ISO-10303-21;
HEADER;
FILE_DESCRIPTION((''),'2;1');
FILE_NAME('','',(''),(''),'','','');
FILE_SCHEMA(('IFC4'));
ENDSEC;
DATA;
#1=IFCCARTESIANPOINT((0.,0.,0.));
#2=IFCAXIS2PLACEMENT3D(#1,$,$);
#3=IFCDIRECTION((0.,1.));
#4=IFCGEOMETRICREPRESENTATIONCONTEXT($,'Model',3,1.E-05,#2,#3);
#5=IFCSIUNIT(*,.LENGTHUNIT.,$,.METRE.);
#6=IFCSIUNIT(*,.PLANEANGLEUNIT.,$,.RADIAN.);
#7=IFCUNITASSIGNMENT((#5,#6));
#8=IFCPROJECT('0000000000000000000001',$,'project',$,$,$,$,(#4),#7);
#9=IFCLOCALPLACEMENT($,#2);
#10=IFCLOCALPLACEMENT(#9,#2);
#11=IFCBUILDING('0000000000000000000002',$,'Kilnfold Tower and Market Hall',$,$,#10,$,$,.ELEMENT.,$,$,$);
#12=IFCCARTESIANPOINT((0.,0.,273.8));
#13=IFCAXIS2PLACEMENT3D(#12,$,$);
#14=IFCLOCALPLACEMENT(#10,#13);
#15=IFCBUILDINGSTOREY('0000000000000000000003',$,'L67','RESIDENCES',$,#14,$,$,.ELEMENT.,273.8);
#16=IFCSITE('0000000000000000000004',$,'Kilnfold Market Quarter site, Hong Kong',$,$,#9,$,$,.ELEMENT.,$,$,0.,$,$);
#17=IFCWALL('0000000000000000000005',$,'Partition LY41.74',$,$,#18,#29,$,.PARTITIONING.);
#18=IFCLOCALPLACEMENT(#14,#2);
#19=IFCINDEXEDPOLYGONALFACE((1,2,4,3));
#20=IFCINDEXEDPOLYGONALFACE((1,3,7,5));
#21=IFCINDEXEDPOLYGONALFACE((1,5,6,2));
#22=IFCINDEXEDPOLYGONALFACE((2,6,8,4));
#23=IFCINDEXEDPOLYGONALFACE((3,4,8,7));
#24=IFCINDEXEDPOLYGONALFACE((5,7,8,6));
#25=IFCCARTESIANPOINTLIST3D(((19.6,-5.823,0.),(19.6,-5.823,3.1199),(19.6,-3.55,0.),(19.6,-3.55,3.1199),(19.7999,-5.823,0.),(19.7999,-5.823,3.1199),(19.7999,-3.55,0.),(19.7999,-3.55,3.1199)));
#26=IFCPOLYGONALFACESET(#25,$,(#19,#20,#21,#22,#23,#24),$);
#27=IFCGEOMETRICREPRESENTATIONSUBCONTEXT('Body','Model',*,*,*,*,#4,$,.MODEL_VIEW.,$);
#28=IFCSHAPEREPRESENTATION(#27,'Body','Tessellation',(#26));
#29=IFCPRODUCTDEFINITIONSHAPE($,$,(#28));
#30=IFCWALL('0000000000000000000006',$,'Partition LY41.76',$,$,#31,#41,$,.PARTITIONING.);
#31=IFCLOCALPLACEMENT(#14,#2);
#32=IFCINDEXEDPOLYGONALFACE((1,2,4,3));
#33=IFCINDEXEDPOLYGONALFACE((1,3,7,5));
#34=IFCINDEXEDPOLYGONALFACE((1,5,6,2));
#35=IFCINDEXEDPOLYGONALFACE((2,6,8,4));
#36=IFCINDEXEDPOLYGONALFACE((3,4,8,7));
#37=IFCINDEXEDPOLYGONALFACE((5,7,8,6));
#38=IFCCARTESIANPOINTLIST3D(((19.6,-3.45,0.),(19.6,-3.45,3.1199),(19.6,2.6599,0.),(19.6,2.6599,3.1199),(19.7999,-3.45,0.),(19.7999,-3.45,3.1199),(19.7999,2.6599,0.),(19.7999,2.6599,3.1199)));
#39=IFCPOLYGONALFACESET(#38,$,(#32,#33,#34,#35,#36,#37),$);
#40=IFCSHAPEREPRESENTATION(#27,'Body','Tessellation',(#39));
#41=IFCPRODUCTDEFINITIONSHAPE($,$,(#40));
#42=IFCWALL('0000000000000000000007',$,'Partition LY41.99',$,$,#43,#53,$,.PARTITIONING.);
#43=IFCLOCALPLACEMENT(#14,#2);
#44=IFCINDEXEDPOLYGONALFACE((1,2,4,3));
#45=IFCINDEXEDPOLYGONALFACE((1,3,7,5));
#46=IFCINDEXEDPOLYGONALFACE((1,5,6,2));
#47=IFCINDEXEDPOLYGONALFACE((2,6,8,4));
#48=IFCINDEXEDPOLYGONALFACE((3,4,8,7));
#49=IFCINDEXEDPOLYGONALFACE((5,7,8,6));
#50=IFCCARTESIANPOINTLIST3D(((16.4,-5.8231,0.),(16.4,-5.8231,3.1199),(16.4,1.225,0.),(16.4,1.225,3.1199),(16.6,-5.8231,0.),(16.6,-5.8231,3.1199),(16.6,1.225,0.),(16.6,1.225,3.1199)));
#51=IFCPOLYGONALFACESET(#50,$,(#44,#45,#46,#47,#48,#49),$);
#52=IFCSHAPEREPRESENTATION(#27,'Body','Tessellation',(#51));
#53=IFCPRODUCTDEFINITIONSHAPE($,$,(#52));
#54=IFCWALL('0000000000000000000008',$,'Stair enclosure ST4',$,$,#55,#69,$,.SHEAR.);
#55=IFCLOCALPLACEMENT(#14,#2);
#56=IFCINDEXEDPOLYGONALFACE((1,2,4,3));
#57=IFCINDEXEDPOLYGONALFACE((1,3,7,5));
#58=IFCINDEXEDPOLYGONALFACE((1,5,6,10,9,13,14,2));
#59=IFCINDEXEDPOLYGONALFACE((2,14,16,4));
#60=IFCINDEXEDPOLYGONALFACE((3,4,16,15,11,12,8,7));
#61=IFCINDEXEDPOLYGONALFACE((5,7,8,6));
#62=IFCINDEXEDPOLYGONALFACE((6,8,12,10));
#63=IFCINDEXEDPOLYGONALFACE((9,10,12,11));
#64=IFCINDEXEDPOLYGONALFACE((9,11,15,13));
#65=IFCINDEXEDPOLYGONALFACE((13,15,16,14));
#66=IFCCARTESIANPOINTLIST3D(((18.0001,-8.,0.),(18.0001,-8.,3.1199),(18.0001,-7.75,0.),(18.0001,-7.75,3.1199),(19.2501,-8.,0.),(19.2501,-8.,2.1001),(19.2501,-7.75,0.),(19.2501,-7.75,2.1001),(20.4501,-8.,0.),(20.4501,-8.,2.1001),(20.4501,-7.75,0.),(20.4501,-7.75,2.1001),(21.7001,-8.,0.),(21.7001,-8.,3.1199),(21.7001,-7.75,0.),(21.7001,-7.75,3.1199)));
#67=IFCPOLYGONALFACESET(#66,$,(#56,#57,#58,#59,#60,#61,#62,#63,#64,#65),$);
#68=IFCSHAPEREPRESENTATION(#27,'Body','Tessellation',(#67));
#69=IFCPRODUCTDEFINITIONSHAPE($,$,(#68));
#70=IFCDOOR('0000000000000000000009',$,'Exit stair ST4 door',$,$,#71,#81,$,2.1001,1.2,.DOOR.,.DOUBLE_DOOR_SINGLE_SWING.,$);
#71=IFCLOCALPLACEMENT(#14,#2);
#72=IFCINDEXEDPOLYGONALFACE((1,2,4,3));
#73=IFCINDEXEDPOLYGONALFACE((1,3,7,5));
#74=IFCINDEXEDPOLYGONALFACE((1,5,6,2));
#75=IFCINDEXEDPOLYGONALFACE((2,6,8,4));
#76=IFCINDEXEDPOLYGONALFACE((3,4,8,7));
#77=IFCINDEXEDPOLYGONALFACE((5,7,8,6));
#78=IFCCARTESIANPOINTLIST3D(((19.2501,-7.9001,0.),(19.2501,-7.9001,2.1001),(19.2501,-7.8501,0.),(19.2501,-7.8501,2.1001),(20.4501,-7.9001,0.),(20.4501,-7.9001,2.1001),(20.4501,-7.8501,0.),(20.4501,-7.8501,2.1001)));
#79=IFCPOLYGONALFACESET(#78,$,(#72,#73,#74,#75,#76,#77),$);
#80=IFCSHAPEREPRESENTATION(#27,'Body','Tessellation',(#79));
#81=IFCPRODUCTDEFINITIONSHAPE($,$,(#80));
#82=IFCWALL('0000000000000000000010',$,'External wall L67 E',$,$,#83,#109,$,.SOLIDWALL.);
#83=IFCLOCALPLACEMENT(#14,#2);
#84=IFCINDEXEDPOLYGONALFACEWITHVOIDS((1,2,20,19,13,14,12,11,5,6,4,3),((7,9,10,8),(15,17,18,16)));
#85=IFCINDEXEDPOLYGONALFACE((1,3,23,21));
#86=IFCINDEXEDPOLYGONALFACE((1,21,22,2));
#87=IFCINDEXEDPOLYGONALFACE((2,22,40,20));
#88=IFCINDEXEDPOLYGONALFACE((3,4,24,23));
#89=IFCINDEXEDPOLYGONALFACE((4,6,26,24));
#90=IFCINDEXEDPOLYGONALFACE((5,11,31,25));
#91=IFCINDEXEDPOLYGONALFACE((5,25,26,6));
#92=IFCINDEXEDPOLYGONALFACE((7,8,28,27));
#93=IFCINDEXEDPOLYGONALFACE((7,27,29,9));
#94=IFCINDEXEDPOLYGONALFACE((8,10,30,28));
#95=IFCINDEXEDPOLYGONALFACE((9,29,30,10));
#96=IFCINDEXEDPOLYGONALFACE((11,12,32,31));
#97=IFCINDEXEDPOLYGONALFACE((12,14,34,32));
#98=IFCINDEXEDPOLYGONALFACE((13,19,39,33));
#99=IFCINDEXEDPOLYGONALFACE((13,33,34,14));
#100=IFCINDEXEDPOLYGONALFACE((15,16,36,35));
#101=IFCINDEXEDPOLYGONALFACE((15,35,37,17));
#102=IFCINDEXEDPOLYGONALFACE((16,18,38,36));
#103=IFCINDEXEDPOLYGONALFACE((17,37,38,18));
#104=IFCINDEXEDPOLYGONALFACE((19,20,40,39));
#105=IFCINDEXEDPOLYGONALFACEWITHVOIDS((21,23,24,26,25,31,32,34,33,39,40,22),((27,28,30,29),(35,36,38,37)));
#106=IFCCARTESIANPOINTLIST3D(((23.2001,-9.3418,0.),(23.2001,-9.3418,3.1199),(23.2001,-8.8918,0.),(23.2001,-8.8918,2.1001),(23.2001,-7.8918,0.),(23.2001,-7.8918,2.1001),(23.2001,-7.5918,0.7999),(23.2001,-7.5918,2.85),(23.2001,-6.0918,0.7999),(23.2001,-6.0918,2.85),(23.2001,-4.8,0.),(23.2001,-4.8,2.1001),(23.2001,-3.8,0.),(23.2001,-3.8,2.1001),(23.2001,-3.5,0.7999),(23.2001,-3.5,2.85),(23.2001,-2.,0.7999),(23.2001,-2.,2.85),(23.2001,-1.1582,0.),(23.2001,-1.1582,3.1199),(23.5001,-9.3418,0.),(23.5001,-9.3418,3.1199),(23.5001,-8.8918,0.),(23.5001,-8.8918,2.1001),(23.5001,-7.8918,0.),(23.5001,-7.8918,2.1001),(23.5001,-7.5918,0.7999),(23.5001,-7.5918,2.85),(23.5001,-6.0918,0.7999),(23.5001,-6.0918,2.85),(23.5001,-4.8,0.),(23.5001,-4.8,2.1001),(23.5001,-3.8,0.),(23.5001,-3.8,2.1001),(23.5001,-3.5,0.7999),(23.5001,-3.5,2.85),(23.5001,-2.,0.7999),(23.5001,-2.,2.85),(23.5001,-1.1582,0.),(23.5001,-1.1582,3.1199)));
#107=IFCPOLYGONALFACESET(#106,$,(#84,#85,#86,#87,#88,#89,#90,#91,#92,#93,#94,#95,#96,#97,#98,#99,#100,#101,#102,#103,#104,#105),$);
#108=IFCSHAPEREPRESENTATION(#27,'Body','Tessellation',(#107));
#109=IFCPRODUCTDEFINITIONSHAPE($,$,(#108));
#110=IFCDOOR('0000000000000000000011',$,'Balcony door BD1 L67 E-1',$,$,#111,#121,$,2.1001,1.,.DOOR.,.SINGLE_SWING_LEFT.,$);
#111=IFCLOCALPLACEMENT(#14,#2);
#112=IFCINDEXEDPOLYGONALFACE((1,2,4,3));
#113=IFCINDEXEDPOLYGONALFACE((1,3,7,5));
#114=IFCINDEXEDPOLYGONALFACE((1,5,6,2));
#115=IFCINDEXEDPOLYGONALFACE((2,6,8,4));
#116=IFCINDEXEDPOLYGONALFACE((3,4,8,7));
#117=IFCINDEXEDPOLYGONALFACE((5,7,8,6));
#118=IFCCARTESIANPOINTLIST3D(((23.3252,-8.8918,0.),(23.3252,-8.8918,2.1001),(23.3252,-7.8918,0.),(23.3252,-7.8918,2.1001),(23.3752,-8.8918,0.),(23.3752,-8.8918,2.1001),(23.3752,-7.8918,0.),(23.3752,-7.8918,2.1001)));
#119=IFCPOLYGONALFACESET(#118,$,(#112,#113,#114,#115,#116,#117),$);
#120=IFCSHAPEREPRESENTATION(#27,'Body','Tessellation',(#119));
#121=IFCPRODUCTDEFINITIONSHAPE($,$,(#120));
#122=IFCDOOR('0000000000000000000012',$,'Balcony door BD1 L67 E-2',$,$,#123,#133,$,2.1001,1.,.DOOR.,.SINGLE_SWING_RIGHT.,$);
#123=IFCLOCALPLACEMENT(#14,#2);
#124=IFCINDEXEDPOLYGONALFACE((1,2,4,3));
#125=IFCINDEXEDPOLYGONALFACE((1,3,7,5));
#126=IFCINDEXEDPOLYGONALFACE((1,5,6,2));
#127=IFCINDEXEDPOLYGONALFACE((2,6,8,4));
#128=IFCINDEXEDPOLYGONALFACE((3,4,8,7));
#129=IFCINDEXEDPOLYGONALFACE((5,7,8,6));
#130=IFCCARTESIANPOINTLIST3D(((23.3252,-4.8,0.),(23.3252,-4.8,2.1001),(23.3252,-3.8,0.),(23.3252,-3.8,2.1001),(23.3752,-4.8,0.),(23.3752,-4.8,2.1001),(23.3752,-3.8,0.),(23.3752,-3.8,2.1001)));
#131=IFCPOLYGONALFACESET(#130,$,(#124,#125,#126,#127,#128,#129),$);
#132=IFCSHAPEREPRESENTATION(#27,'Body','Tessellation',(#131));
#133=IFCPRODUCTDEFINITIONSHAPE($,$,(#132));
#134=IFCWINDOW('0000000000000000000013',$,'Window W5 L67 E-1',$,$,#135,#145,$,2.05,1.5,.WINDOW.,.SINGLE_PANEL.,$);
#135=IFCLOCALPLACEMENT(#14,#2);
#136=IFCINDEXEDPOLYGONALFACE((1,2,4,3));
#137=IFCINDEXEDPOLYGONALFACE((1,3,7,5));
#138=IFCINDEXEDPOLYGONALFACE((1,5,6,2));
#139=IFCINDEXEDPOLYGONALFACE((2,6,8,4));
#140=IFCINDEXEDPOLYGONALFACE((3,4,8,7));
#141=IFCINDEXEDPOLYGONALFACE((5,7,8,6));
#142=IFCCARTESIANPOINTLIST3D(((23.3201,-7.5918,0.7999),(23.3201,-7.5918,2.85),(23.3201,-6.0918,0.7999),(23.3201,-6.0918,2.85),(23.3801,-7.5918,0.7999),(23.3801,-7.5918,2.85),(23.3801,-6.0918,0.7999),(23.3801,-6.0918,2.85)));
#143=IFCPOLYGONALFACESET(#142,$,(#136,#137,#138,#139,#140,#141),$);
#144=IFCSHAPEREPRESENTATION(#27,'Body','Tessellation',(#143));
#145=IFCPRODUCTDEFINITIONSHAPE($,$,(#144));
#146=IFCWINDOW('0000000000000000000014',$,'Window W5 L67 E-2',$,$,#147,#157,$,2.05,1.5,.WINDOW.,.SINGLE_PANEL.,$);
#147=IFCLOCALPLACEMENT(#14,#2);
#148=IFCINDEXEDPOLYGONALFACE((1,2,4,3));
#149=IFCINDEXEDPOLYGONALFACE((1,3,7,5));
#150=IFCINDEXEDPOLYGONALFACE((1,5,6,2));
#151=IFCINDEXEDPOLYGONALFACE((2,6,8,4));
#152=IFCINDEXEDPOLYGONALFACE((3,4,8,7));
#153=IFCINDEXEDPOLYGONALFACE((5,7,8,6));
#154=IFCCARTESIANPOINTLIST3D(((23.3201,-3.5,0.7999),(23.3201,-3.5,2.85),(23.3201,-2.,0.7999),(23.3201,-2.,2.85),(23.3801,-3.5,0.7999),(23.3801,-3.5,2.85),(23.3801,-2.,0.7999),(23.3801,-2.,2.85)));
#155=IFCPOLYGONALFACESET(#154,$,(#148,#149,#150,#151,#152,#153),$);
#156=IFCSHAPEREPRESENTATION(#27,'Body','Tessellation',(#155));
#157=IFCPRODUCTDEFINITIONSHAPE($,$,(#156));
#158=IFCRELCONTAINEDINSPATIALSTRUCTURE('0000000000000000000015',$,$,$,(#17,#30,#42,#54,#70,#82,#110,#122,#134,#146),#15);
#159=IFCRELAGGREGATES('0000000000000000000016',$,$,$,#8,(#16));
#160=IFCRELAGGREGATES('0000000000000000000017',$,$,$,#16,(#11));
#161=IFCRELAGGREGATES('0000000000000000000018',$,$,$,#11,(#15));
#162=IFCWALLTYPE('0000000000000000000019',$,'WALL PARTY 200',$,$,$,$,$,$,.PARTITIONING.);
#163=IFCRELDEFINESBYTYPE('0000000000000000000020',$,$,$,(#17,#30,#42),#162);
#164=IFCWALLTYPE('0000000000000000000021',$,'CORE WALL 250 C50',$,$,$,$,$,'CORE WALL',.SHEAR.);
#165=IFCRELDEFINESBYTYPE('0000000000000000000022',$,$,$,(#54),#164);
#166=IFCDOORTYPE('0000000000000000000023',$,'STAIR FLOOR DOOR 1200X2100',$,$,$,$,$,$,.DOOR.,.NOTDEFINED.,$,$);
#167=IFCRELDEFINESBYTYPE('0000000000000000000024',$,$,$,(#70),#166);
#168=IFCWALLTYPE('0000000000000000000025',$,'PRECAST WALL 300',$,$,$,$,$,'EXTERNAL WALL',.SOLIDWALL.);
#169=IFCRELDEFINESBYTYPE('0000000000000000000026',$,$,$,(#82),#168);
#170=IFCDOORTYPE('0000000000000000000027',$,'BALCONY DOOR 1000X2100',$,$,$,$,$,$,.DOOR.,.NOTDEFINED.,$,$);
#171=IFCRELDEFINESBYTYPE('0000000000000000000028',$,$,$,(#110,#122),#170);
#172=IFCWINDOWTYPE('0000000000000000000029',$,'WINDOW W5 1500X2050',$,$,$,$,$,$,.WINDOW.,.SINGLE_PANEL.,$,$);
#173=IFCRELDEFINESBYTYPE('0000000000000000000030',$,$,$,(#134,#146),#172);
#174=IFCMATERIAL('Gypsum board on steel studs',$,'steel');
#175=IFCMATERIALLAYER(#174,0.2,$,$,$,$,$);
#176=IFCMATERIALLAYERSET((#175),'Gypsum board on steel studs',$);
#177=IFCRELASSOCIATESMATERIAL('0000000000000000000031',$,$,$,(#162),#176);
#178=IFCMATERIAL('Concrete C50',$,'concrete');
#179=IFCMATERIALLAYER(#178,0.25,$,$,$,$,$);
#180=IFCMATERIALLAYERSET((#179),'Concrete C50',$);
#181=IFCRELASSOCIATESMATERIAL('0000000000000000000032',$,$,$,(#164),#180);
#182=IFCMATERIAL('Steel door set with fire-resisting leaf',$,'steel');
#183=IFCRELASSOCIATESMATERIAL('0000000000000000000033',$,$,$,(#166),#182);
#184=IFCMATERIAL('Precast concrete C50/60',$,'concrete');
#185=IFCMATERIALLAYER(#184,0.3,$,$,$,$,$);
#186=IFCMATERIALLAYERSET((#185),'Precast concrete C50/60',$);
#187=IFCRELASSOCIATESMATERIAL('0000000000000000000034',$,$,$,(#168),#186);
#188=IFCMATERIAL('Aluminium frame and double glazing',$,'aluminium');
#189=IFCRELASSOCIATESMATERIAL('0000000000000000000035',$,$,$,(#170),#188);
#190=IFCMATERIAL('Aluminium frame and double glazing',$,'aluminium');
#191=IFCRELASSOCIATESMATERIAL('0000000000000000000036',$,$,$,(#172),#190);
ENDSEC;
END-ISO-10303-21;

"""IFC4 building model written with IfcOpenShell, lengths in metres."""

from ifc_helpers import new_model, si_unit, direction, frame, frame_2d, origin, place, context, subcontext, project, spatial, rectangle, extrude, source, transform, mapped, material, layer, layer_set, type_object, element, fill, save


model = new_model("IFC4")

# Units and contexts
model_context = context("Model", 3, precision=1e-05, world=origin(), true_north=direction((0.0, 1.0)))
body_context = subcontext(model_context, "Body", "Model", "MODEL_VIEW")
ifc_project = project(units=[si_unit("LENGTHUNIT", "METRE"), si_unit("PLANEANGLEUNIT", "RADIAN")], contexts=[model_context])

# Site, building, storey
site_placement = place(None, origin())
site = spatial("IfcSite", under=ifc_project, at=site_placement, Name="Kilnfold Market Quarter site, Hong Kong", CompositionType="ELEMENT", RefElevation=0.0)
building_placement = place(site_placement, origin())
building = spatial("IfcBuilding", under=site, at=building_placement, Name="Kilnfold Tower and Market Hall", CompositionType="ELEMENT")
storey_placement = place(building_placement, frame((0.0, 0.0, 273.8)))
storey = spatial("IfcBuildingStorey", under=building, at=storey_placement, Name="L67", Description="RESIDENCES", CompositionType="ELEMENT", Elevation=273.8)

# Walls
ifc_material_1 = material(Name="Gypsum board on steel studs", Category="steel")
ifc_layer_1 = layer(ifc_material_1, 0.2)
ifc_layer_set_1 = layer_set([ifc_layer_1], Name="Gypsum board on steel studs")
wall_type_1 = type_object("IfcWallType", Name="WALL PARTY 200", PredefinedType="PARTITIONING", material=ifc_layer_set_1)
wall_1_placement = place(storey_placement, frame((19.7, -5.823, 0.0), z_axis=(0.0, 0.0, 1.0), x_axis=(0.0, 1.0, 0.0)))
element("IfcWall", 1, at=wall_1_placement, inside=storey, type_object=wall_type_1, Name="Partition LY41.74", PredefinedType="PARTITIONING", context=body_context, shape_type="SweptSolid", body=[
    extrude(rectangle(XDim=2.2729, YDim=0.2, at=frame_2d((1.1365, 0.0))), origin(), (0.0, 0.0, 1.0), 3.1199),
])
wall_2_placement = place(storey_placement, frame((19.7, -3.45, 0.0), z_axis=(0.0, 0.0, 1.0), x_axis=(0.0, 1.0, 0.0)))
element("IfcWall", 2, at=wall_2_placement, inside=storey, type_object=wall_type_1, Name="Partition LY41.76", PredefinedType="PARTITIONING", context=body_context, shape_type="SweptSolid", body=[
    extrude(rectangle(XDim=6.1099, YDim=0.2, at=frame_2d((3.0549, 0.0))), origin(), (0.0, 0.0, 1.0), 3.1199),
])
wall_3_placement = place(storey_placement, frame((16.5, -5.823, 0.0), z_axis=(0.0, 0.0, 1.0), x_axis=(0.0, 1.0, 0.0)))
element("IfcWall", 3, at=wall_3_placement, inside=storey, type_object=wall_type_1, Name="Partition LY41.99", PredefinedType="PARTITIONING", context=body_context, shape_type="SweptSolid", body=[
    extrude(rectangle(XDim=7.0481, YDim=0.2, at=frame_2d((3.5239, 0.0))), origin(), (0.0, 0.0, 1.0), 3.1199),
])

# Wall, opening, door
ifc_material_2 = material(Name="Concrete C50", Category="concrete")
ifc_layer_2 = layer(ifc_material_2, 0.25)
ifc_layer_set_2 = layer_set([ifc_layer_2], Name="Concrete C50")
wall_type_2 = type_object("IfcWallType", Name="CORE WALL 250 C50", ElementType="CORE WALL", PredefinedType="SHEAR", material=ifc_layer_set_2)
shared_shape_1 = source(origin(), body_context, "Body", "SweptSolid", [
    extrude(rectangle(XDim=3.7, YDim=0.25, at=frame_2d((1.8501, 0.0))), origin(), (0.0, 0.0, 1.0), 3.1199),
])
wall_4_placement = place(storey_placement, frame((18.0, -7.875, 0.0), z_axis=(0.0, 0.0, 1.0), x_axis=(1.0, 0.0, 0.0)))
wall_4 = element("IfcWall", 4, at=wall_4_placement, inside=storey, type_object=wall_type_2, Name="Stair enclosure ST4", PredefinedType="SHEAR", context=body_context, shape_type="MappedRepresentation", body=[
    mapped(shared_shape_1, transform((0.0, 0.0, 0.0))),
])
opening_1_placement = place(wall_4_placement, frame((1.25, 0.0, 0.0)))
opening_1 = element("IfcOpeningElement", 5, at=opening_1_placement, cuts=wall_4, PredefinedType="OPENING", context=body_context, shape_type="SweptSolid", body=[
    extrude(rectangle(XDim=1.2, YDim=2.1001, at=frame_2d((0.6001, 1.05))), frame((0.0, 0.135, 0.0), z_axis=(0.0, -1.0, 0.0), x_axis=(1.0, 0.0, 0.0)), (0.0, 0.0, 1.0), 0.27),
])
ifc_material_3 = material(Name="Steel door set with fire-resisting leaf", Category="steel")
door_type_1 = type_object("IfcDoorType", Name="STAIR FLOOR DOOR 1200X2100", OperationType="NOTDEFINED", PredefinedType="DOOR", material=ifc_material_3)
door_1_placement = place(opening_1_placement, origin())
door_1 = element("IfcDoor", 6, at=door_1_placement, inside=storey, type_object=door_type_1, Name="Exit stair ST4 door", OperationType="DOUBLE_DOOR_SINGLE_SWING", OverallHeight=2.1001, OverallWidth=1.2, PredefinedType="DOOR", context=body_context, shape_type="SweptSolid", body=[
    extrude(rectangle(XDim=1.2, YDim=2.1001, at=frame_2d((0.6001, 1.05))), frame((0.0, 0.0249, 0.0), z_axis=(0.0, -1.0, 0.0), x_axis=(1.0, 0.0, 0.0)), (0.0, 0.0, 1.0), 0.05),
])
fill(opening_1, door_1)

# Wall, openings, doors, windows
ifc_material_4 = material(Name="Precast concrete C50/60", Category="concrete")
ifc_layer_3 = layer(ifc_material_4, 0.3)
ifc_layer_set_3 = layer_set([ifc_layer_3], Name="Precast concrete C50/60")
wall_type_3 = type_object("IfcWallType", Name="PRECAST WALL 300", ElementType="EXTERNAL WALL", PredefinedType="SOLIDWALL", material=ifc_layer_set_3)
shared_shape_2 = source(origin(), body_context, "Body", "SweptSolid", [
    extrude(rectangle(XDim=8.1836, YDim=0.3, at=frame_2d((4.0918, 0.0))), origin(), (0.0, 0.0, 1.0), 3.1199),
])
wall_5_placement = place(storey_placement, frame((23.3501, -9.3418, 0.0), z_axis=(0.0, 0.0, 1.0), x_axis=(0.0, 1.0, 0.0)))
wall_5 = element("IfcWall", 7, at=wall_5_placement, inside=storey, type_object=wall_type_3, Name="External wall L67 E", PredefinedType="SOLIDWALL", context=body_context, shape_type="MappedRepresentation", body=[
    mapped(shared_shape_2, transform((0.0, 0.0, 0.0))),
])
opening_2_placement = place(wall_5_placement, frame((1.75, 0.0, 0.8)))
opening_2 = element("IfcOpeningElement", 8, at=opening_2_placement, cuts=wall_5, PredefinedType="OPENING", context=body_context, shape_type="SweptSolid", body=[
    extrude(rectangle(XDim=1.5, YDim=2.05, at=frame_2d((0.75, 1.0249))), frame((0.0, 0.1602, 0.0), z_axis=(0.0, -1.0, 0.0), x_axis=(1.0, 0.0, 0.0)), (0.0, 0.0, 1.0), 0.3201),
])
opening_3_placement = place(wall_5_placement, frame((0.45, 0.0, 0.0)))
opening_3 = element("IfcOpeningElement", 9, at=opening_3_placement, cuts=wall_5, PredefinedType="OPENING", context=body_context, shape_type="SweptSolid", body=[
    extrude(rectangle(XDim=1.0, YDim=2.1001, at=frame_2d((0.5, 1.05))), frame((0.0, 0.1602, 0.0), z_axis=(0.0, -1.0, 0.0), x_axis=(1.0, 0.0, 0.0)), (0.0, 0.0, 1.0), 0.3201),
])
opening_4_placement = place(wall_5_placement, frame((5.8418, 0.0, 0.8)))
opening_4 = element("IfcOpeningElement", 10, at=opening_4_placement, cuts=wall_5, PredefinedType="OPENING", context=body_context, shape_type="SweptSolid", body=[
    extrude(rectangle(XDim=1.5, YDim=2.05, at=frame_2d((0.75, 1.0249))), frame((0.0, 0.1602, 0.0), z_axis=(0.0, -1.0, 0.0), x_axis=(1.0, 0.0, 0.0)), (0.0, 0.0, 1.0), 0.3201),
])
opening_5_placement = place(wall_5_placement, frame((4.5417, 0.0, 0.0)))
opening_5 = element("IfcOpeningElement", 11, at=opening_5_placement, cuts=wall_5, PredefinedType="OPENING", context=body_context, shape_type="SweptSolid", body=[
    extrude(rectangle(XDim=1.0, YDim=2.1001, at=frame_2d((0.5, 1.05))), frame((0.0, 0.1602, 0.0), z_axis=(0.0, -1.0, 0.0), x_axis=(1.0, 0.0, 0.0)), (0.0, 0.0, 1.0), 0.3201),
])
ifc_material_5 = material(Name="Aluminium frame and double glazing", Category="aluminium")
door_type_2 = type_object("IfcDoorType", Name="BALCONY DOOR 1000X2100", OperationType="NOTDEFINED", PredefinedType="DOOR", material=ifc_material_5)
door_2_placement = place(opening_3_placement, origin())
door_2 = element("IfcDoor", 12, at=door_2_placement, inside=storey, type_object=door_type_2, Name="Balcony door BD1 L67 E-1", OperationType="SINGLE_SWING_LEFT", OverallHeight=2.1001, OverallWidth=1.0, PredefinedType="DOOR", context=body_context, shape_type="SweptSolid", body=[
    extrude(rectangle(XDim=1.0, YDim=2.1001, at=frame_2d((0.5, 1.05))), frame((0.0, 0.0249, 0.0), z_axis=(0.0, -1.0, 0.0), x_axis=(1.0, 0.0, 0.0)), (0.0, 0.0, 1.0), 0.05),
])
fill(opening_3, door_2)
door_3_placement = place(opening_5_placement, origin())
door_3 = element("IfcDoor", 13, at=door_3_placement, inside=storey, type_object=door_type_2, Name="Balcony door BD1 L67 E-2", OperationType="SINGLE_SWING_RIGHT", OverallHeight=2.1001, OverallWidth=1.0, PredefinedType="DOOR", context=body_context, shape_type="SweptSolid", body=[
    extrude(rectangle(XDim=1.0, YDim=2.1001, at=frame_2d((0.5, 1.05))), frame((0.0, 0.0249, 0.0), z_axis=(0.0, -1.0, 0.0), x_axis=(1.0, 0.0, 0.0)), (0.0, 0.0, 1.0), 0.05),
])
fill(opening_5, door_3)
ifc_material_6 = material(Name="Aluminium frame and double glazing", Category="aluminium")
window_type = type_object("IfcWindowType", Name="WINDOW W5 1500X2050", PartitioningType="SINGLE_PANEL", PredefinedType="WINDOW", material=ifc_material_6)
window_1_placement = place(opening_2_placement, origin())
window_1 = element("IfcWindow", 14, at=window_1_placement, inside=storey, type_object=window_type, Name="Window W5 L67 E-1", OverallHeight=2.05, OverallWidth=1.5, PartitioningType="SINGLE_PANEL", PredefinedType="WINDOW", context=body_context, shape_type="SweptSolid", body=[
    extrude(rectangle(XDim=1.5, YDim=2.05, at=frame_2d((0.75, 1.0249))), frame((0.0, 0.03, 0.0), z_axis=(0.0, -1.0, 0.0), x_axis=(1.0, 0.0, 0.0)), (0.0, 0.0, 1.0), 0.0601),
])
fill(opening_2, window_1)
window_2_placement = place(opening_4_placement, origin())
window_2 = element("IfcWindow", 15, at=window_2_placement, inside=storey, type_object=window_type, Name="Window W5 L67 E-2", OverallHeight=2.05, OverallWidth=1.5, PartitioningType="SINGLE_PANEL", PredefinedType="WINDOW", context=body_context, shape_type="SweptSolid", body=[
    extrude(rectangle(XDim=1.5, YDim=2.05, at=frame_2d((0.75, 1.0249))), frame((0.0, 0.03, 0.0), z_axis=(0.0, -1.0, 0.0), x_axis=(1.0, 0.0, 0.0)), (0.0, 0.0, 1.0), 0.0601),
])
fill(opening_4, window_2)

save(model, "model.ifc")
